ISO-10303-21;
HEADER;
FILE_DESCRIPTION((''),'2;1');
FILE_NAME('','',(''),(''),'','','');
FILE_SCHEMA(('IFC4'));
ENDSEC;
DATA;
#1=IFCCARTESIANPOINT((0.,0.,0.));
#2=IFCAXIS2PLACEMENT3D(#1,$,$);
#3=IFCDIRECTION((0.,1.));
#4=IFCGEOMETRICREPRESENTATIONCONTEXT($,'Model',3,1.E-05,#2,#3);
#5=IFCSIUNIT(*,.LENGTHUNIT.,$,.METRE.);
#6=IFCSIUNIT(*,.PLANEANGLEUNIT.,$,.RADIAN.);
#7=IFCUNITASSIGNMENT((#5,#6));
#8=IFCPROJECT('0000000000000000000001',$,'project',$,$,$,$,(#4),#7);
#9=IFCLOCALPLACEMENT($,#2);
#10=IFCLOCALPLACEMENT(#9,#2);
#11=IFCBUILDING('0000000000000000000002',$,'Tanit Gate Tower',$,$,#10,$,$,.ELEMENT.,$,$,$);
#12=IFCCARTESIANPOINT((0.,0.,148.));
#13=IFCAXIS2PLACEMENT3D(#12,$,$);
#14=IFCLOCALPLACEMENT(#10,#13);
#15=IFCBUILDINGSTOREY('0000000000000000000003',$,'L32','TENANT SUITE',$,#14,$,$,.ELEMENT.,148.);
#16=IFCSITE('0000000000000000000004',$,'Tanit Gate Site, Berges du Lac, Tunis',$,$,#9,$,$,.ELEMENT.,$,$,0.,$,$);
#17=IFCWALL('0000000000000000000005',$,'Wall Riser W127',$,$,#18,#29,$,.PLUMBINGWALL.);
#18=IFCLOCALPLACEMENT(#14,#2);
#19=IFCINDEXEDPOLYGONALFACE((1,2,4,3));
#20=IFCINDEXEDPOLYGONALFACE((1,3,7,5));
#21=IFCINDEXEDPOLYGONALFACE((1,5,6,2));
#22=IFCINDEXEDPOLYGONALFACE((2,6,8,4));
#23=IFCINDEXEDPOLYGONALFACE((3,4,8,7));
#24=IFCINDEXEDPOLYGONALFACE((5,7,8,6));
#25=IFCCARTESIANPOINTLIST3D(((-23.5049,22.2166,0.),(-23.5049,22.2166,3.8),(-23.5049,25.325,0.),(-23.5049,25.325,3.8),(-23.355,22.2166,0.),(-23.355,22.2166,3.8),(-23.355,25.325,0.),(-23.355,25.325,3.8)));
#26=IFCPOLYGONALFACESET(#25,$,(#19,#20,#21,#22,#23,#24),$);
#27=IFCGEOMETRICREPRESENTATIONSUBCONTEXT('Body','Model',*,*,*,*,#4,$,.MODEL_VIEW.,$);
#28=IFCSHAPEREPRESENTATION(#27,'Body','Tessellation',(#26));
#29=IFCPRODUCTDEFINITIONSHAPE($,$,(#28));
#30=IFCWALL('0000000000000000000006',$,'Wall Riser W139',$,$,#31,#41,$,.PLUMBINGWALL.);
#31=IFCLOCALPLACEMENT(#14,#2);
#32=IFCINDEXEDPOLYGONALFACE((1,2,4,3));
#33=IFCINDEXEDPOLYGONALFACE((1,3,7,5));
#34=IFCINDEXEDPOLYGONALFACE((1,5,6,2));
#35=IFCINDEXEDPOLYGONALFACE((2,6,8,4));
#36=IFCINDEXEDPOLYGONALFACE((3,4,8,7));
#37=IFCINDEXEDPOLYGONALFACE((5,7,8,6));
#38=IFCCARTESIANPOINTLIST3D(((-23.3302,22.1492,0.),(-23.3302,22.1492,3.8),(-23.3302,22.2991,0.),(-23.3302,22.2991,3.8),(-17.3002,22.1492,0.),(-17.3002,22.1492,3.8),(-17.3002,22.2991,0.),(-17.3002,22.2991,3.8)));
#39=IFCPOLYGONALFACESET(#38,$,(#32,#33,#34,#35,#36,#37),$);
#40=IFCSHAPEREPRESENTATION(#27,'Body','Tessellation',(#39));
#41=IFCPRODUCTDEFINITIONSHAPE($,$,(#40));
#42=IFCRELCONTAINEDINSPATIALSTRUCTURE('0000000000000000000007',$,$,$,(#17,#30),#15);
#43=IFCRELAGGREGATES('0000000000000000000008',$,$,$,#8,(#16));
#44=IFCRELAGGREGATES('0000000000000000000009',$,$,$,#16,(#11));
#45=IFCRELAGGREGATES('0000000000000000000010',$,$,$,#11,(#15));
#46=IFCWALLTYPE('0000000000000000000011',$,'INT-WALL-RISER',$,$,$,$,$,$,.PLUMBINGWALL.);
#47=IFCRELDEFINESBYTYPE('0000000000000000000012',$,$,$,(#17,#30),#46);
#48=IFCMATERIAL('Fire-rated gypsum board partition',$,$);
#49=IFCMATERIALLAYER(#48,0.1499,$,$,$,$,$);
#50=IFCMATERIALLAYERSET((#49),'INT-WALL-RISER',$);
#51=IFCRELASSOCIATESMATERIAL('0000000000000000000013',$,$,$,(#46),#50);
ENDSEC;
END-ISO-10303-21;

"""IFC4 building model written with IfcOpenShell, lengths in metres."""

from ifc_helpers import new_model, si_unit, direction, frame, frame_2d, origin, place, context, subcontext, project, spatial, rectangle, extrude, material, layer, layer_set, type_object, element, save


model = new_model("IFC4")

# Units and contexts
model_context = context("Model", 3, precision=1e-05, world=origin(), true_north=direction((0.0, 1.0)))
body_context = subcontext(model_context, "Body", "Model", "MODEL_VIEW")
ifc_project = project(units=[si_unit("LENGTHUNIT", "METRE"), si_unit("PLANEANGLEUNIT", "RADIAN")], contexts=[model_context])

# Site, building, storey
site_placement = place(None, origin())
site = spatial("IfcSite", under=ifc_project, at=site_placement, Name="Tanit Gate Site, Berges du Lac, Tunis", CompositionType="ELEMENT", RefElevation=0.0)
building_placement = place(site_placement, origin())
building = spatial("IfcBuilding", under=site, at=building_placement, Name="Tanit Gate Tower", CompositionType="ELEMENT")
storey_placement = place(building_placement, frame((0.0, 0.0, 148.0)))
storey = spatial("IfcBuildingStorey", under=building, at=storey_placement, Name="L32", Description="TENANT SUITE", CompositionType="ELEMENT", Elevation=148.0)

# Walls
ifc_material_1 = material(Name="Fire-rated gypsum board partition")
ifc_layer_1 = layer(ifc_material_1, 0.1499)
ifc_layer_set_1 = layer_set([ifc_layer_1], Name="INT-WALL-RISER")
wall_type_1 = type_object("IfcWallType", Name="INT-WALL-RISER", PredefinedType="PLUMBINGWALL", material=ifc_layer_set_1)
wall_1_placement = place(storey_placement, frame((-23.4299, 22.2166, 0.0), z_axis=(0.0, 0.0, 1.0), x_axis=(0.0, 1.0, 0.0)))
element("IfcWall", 1, at=wall_1_placement, inside=storey, type_object=wall_type_1, Name="Wall Riser W127", PredefinedType="PLUMBINGWALL", context=body_context, shape_type="SweptSolid", body=[
    extrude(rectangle(XDim=3.1084, YDim=0.1499, at=frame_2d((1.5542, 0.0))), origin(), (0.0, 0.0, 1.0), 3.8),
])
wall_2_placement = place(storey_placement, frame((-17.3, 22.2241, 0.0), z_axis=(0.0, 0.0, 1.0), x_axis=(-1.0, 0.0, 0.0)))
element("IfcWall", 2, at=wall_2_placement, inside=storey, type_object=wall_type_1, Name="Wall Riser W139", PredefinedType="PLUMBINGWALL", context=body_context, shape_type="SweptSolid", body=[
    extrude(rectangle(XDim=6.03, YDim=0.1499, at=frame_2d((3.0151, 0.0))), origin(), (0.0, 0.0, 1.0), 3.8),
])

save(model, "model.ifc")
